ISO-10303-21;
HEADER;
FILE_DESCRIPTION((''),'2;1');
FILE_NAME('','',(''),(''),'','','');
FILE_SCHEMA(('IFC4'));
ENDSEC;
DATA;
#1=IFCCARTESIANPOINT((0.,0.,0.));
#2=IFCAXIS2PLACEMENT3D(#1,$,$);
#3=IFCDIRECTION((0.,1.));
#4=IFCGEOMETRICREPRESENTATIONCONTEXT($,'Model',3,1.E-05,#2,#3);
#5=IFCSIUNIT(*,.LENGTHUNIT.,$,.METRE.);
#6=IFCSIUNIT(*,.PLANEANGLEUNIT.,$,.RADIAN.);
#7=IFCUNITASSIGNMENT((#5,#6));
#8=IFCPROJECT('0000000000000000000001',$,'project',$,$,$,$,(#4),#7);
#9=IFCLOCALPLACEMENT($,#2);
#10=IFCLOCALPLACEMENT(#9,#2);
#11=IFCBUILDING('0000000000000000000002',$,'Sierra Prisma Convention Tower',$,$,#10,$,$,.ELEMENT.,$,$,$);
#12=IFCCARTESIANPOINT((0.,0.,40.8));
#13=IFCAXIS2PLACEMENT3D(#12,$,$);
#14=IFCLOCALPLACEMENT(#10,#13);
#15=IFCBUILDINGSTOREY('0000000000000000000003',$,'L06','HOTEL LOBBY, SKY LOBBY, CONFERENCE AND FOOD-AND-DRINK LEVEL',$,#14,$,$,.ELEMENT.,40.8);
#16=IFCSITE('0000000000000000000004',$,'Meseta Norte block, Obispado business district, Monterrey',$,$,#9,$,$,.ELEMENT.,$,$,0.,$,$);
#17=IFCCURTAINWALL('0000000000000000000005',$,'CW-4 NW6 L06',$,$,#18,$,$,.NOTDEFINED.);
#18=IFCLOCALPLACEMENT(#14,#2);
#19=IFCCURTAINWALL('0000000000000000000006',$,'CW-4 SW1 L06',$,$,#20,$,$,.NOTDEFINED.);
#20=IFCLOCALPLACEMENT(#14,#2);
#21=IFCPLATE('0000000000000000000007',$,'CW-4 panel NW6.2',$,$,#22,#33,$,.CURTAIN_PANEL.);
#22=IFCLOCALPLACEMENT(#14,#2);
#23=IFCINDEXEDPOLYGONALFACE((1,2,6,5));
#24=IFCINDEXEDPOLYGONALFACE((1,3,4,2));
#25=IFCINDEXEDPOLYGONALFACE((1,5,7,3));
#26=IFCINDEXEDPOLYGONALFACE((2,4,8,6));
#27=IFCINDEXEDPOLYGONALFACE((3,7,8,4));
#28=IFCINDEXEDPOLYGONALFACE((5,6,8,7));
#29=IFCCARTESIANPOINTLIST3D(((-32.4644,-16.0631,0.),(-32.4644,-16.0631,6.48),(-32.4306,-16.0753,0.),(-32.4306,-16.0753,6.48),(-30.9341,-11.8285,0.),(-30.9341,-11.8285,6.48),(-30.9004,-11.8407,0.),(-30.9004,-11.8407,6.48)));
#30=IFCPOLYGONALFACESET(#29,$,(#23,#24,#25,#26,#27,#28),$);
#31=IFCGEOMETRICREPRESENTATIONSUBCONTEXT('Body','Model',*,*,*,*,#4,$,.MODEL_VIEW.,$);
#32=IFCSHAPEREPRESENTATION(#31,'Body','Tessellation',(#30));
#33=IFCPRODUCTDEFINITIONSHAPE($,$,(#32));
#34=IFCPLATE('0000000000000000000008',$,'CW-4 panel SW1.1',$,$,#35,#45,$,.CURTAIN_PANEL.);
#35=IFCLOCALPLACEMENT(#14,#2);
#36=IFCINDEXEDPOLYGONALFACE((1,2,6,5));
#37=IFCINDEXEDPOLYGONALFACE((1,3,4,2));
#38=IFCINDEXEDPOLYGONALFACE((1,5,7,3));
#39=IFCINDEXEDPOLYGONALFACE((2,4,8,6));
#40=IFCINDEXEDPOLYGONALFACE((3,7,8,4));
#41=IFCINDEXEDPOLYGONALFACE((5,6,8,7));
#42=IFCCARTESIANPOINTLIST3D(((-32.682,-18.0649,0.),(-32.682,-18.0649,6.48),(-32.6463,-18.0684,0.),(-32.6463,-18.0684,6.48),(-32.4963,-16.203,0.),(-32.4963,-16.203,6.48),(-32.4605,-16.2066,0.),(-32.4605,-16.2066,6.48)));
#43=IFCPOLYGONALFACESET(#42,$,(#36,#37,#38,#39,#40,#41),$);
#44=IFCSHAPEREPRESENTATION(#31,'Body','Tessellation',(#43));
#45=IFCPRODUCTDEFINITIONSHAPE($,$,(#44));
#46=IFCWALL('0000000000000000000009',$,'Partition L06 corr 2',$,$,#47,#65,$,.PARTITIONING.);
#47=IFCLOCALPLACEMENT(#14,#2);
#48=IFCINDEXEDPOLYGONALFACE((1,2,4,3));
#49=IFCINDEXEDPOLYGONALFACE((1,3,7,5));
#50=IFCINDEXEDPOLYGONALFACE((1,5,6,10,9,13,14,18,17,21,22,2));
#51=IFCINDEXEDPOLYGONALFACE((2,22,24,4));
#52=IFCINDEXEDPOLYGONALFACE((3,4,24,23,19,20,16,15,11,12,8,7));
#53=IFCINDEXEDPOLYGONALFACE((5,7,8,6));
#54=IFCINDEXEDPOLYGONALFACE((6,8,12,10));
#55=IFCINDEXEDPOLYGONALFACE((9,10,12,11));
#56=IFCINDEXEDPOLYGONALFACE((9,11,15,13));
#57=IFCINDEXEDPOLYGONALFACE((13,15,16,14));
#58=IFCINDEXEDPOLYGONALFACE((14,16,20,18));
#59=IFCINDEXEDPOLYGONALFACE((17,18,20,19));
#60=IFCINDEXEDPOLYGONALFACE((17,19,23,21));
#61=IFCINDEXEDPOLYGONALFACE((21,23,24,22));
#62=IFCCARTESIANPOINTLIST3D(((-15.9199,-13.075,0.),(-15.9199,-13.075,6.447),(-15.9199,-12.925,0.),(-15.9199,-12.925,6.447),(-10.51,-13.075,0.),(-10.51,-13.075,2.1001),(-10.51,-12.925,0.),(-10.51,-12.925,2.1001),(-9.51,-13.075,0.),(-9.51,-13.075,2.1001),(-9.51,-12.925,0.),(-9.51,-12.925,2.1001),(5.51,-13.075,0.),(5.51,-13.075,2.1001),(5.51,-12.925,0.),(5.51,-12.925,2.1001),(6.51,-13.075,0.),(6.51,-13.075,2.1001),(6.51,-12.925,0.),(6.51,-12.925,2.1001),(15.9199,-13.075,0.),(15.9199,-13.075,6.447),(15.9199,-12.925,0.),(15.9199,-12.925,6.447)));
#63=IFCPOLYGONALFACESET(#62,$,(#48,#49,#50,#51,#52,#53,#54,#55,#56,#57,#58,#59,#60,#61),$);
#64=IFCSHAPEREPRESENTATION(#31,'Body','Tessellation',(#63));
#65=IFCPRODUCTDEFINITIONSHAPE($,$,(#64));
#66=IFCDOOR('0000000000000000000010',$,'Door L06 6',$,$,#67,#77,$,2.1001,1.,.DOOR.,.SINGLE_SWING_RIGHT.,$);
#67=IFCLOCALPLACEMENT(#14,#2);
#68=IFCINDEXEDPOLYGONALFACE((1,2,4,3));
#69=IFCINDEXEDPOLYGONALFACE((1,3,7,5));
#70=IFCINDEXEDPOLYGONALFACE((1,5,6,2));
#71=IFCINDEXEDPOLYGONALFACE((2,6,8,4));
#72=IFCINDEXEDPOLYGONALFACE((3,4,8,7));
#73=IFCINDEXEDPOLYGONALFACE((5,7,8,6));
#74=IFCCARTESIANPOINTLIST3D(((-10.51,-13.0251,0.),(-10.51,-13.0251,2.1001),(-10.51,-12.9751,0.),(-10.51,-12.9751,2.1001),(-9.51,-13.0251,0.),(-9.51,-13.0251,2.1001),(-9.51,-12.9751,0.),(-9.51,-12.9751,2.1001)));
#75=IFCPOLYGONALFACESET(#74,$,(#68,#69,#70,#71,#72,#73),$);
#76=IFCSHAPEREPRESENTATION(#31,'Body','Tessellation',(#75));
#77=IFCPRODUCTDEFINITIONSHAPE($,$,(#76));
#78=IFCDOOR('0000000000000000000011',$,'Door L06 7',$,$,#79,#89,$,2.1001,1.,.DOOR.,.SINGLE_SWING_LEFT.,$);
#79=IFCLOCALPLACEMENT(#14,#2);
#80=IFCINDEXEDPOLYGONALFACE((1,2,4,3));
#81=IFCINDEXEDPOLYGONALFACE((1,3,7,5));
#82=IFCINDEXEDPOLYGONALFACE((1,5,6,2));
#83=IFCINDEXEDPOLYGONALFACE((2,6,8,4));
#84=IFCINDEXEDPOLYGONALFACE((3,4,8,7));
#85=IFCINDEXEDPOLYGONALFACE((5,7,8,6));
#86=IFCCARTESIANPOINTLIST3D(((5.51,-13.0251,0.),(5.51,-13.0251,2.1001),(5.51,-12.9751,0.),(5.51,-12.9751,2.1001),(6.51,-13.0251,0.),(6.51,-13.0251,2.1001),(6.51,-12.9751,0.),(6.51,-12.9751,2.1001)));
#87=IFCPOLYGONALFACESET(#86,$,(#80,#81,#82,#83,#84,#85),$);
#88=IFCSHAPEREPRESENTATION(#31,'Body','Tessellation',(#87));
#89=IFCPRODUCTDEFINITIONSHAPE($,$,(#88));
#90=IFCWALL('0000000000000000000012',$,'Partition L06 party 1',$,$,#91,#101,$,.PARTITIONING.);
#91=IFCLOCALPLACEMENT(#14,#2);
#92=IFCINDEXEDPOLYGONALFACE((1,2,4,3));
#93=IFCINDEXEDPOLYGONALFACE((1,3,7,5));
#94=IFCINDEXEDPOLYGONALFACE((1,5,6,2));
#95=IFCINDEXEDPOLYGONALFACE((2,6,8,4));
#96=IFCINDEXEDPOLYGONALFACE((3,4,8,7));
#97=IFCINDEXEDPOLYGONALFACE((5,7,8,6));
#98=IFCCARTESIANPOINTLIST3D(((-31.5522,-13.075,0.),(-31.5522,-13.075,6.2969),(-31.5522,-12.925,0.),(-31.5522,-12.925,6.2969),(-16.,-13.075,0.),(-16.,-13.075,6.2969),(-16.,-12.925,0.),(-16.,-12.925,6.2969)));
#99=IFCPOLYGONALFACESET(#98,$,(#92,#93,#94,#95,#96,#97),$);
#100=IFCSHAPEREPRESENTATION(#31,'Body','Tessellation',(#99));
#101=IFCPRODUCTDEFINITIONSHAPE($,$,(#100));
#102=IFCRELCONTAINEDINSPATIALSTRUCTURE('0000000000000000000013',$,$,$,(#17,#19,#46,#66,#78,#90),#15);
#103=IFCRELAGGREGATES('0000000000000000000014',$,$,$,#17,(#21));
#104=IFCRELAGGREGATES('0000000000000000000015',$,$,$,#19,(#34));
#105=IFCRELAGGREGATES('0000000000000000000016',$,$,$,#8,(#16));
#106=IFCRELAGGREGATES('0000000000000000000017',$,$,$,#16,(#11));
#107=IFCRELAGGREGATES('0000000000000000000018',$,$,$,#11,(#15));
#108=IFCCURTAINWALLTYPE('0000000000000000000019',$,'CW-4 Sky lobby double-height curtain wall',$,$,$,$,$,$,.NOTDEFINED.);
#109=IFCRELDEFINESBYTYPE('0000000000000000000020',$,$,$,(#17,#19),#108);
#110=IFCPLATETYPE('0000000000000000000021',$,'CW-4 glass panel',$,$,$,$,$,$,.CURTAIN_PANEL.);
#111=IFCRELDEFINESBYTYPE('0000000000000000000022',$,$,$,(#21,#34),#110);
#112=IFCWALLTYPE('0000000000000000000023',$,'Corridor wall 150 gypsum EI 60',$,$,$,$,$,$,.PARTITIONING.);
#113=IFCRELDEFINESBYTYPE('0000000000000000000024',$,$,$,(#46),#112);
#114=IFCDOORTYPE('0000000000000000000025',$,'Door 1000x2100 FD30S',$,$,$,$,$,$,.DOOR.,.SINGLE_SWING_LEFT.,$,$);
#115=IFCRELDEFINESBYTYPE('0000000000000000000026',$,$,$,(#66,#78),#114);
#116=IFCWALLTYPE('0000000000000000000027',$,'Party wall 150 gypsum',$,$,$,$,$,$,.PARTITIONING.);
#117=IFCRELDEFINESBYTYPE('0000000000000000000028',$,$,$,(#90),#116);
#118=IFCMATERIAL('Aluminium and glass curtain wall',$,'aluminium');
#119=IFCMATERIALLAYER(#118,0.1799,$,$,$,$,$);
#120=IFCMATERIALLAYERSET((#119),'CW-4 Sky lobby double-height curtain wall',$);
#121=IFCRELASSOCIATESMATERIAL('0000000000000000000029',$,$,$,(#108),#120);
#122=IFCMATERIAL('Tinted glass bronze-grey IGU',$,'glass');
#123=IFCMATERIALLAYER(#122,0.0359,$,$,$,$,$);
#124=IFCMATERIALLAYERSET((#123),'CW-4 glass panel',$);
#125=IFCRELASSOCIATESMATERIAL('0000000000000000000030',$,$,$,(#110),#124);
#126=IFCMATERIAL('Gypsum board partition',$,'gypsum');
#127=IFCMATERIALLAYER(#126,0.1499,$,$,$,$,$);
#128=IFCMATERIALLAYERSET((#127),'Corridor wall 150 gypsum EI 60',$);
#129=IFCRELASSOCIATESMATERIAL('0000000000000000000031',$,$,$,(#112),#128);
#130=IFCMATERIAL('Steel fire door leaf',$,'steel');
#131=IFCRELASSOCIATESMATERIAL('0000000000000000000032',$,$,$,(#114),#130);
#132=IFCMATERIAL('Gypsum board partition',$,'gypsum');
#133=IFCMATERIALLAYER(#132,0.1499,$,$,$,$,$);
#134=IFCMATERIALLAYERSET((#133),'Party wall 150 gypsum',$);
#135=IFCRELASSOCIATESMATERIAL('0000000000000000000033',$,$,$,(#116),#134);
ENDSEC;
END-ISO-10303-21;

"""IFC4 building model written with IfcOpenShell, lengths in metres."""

from ifc_helpers import new_model, si_unit, direction, frame, frame_2d, origin, origin_2d, place, context, subcontext, project, spatial, rectangle, extrude, material, layer, layer_set, type_object, element, fill, aggregate, save


model = new_model("IFC4")

# Units and contexts
model_context = context("Model", 3, precision=1e-05, world=origin(), true_north=direction((0.0, 1.0)))
body_context = subcontext(model_context, "Body", "Model", "MODEL_VIEW")
ifc_project = project(units=[si_unit("LENGTHUNIT", "METRE"), si_unit("PLANEANGLEUNIT", "RADIAN")], contexts=[model_context])

# Site, building, storey
site_placement = place(None, origin())
site = spatial("IfcSite", under=ifc_project, at=site_placement, Name="Meseta Norte block, Obispado business district, Monterrey", CompositionType="ELEMENT", RefElevation=0.0)
building_placement = place(site_placement, origin())
building = spatial("IfcBuilding", under=site, at=building_placement, Name="Sierra Prisma Convention Tower", CompositionType="ELEMENT")
storey_placement = place(building_placement, frame((0.0, 0.0, 40.8)))
storey = spatial("IfcBuildingStorey", under=building, at=storey_placement, Name="L06", Description="HOTEL LOBBY, SKY LOBBY, CONFERENCE AND FOOD-AND-DRINK LEVEL", CompositionType="ELEMENT", Elevation=40.8)

# Curtain walls
ifc_material_1 = material(Name="Aluminium and glass curtain wall", Category="aluminium")
ifc_layer_1 = layer(ifc_material_1, 0.1799)
ifc_layer_set_1 = layer_set([ifc_layer_1], Name="CW-4 Sky lobby double-height curtain wall")
curtain_wall_type = type_object("IfcCurtainWallType", Name="CW-4 Sky lobby double-height curtain wall", PredefinedType="NOTDEFINED", material=ifc_layer_set_1)
curtain_wall_1_placement = place(storey_placement, origin())
curtain_wall_1 = element("IfcCurtainWall", 1, at=curtain_wall_1_placement, inside=storey, type_object=curtain_wall_type, Name="CW-4 NW6 L06", PredefinedType="NOTDEFINED")
curtain_wall_2_placement = place(storey_placement, origin())
curtain_wall_2 = element("IfcCurtainWall", 2, at=curtain_wall_2_placement, inside=storey, type_object=curtain_wall_type, Name="CW-4 SW1 L06", PredefinedType="NOTDEFINED")

# Plates
ifc_material_2 = material(Name="Tinted glass bronze-grey IGU", Category="glass")
ifc_layer_2 = layer(ifc_material_2, 0.0359)
ifc_layer_set_2 = layer_set([ifc_layer_2], Name="CW-4 glass panel")
plate_type = type_object("IfcPlateType", Name="CW-4 glass panel", PredefinedType="CURTAIN_PANEL", material=ifc_layer_set_2)
plate_1_placement = place(storey_placement, frame((-31.6824, -13.9519, 0.0), z_axis=(0.0, 0.0, 1.0), x_axis=(-0.339853, -0.940479, 0.0)))
plate_1 = element("IfcPlate", 3, at=plate_1_placement, type_object=plate_type, Name="CW-4 panel NW6.2", PredefinedType="CURTAIN_PANEL", context=body_context, shape_type="SweptSolid", body=[
    extrude(rectangle(XDim=4.5027, YDim=0.0359, at=origin_2d()), origin(), (0.0, 0.0, 1.0), 6.48),
])
aggregate(curtain_wall_1, [plate_1])
plate_2_placement = place(storey_placement, frame((-32.5713, -17.1357, 0.0), z_axis=(0.0, 0.0, 1.0), x_axis=(-0.099283, -0.995059, 0.0)))
plate_2 = element("IfcPlate", 4, at=plate_2_placement, type_object=plate_type, Name="CW-4 panel SW1.1", PredefinedType="CURTAIN_PANEL", context=body_context, shape_type="SweptSolid", body=[
    extrude(rectangle(XDim=1.8711, YDim=0.0359, at=origin_2d()), origin(), (0.0, 0.0, 1.0), 6.48),
])
aggregate(curtain_wall_2, [plate_2])

# Wall, openings, doors
ifc_material_3 = material(Name="Gypsum board partition", Category="gypsum")
ifc_layer_3 = layer(ifc_material_3, 0.1499)
ifc_layer_set_3 = layer_set([ifc_layer_3], Name="Corridor wall 150 gypsum EI 60")
wall_type_1 = type_object("IfcWallType", Name="Corridor wall 150 gypsum EI 60", PredefinedType="PARTITIONING", material=ifc_layer_set_3)
wall_1_placement = place(storey_placement, frame((-15.9199, -13.0, 0.0), z_axis=(0.0, 0.0, 1.0), x_axis=(1.0, 0.0, 0.0)))
wall_1 = element("IfcWall", 5, at=wall_1_placement, inside=storey, type_object=wall_type_1, Name="Partition L06 corr 2", PredefinedType="PARTITIONING", context=body_context, shape_type="SweptSolid", body=[
    extrude(rectangle(XDim=31.8398, YDim=0.1499, at=frame_2d((15.9199, 0.0))), origin(), (0.0, 0.0, 1.0), 6.447),
])
opening_1_placement = place(wall_1_placement, frame((5.4099, 0.0, 0.0)))
opening_1 = element("IfcOpeningElement", 6, at=opening_1_placement, cuts=wall_1, PredefinedType="OPENING", context=body_context, shape_type="SweptSolid", body=[
    extrude(rectangle(XDim=1.0, YDim=2.1001, at=frame_2d((0.5, 1.05))), frame((0.0, 0.075, 0.0), z_axis=(0.0, -1.0, 0.0), x_axis=(1.0, 0.0, 0.0)), (0.0, 0.0, 1.0), 0.1499),
])
opening_2_placement = place(wall_1_placement, frame((21.4299, 0.0, 0.0)))
opening_2 = element("IfcOpeningElement", 7, at=opening_2_placement, cuts=wall_1, PredefinedType="OPENING", context=body_context, shape_type="SweptSolid", body=[
    extrude(rectangle(XDim=1.0, YDim=2.1001, at=frame_2d((0.5, 1.05))), frame((0.0, 0.075, 0.0), z_axis=(0.0, -1.0, 0.0), x_axis=(1.0, 0.0, 0.0)), (0.0, 0.0, 1.0), 0.1499),
])
ifc_material_4 = material(Name="Steel fire door leaf", Category="steel")
door_type = type_object("IfcDoorType", Name="Door 1000x2100 FD30S", OperationType="SINGLE_SWING_LEFT", PredefinedType="DOOR", material=ifc_material_4)
door_1_placement = place(opening_1_placement, origin())
door_1 = element("IfcDoor", 8, at=door_1_placement, inside=storey, type_object=door_type, Name="Door L06 6", OperationType="SINGLE_SWING_RIGHT", OverallHeight=2.1001, OverallWidth=1.0, PredefinedType="DOOR", context=body_context, shape_type="SweptSolid", body=[
    extrude(rectangle(XDim=1.0, YDim=2.1001, at=frame_2d((0.5, 1.05))), frame((0.0, 0.0249, 0.0), z_axis=(0.0, -1.0, 0.0), x_axis=(1.0, 0.0, 0.0)), (0.0, 0.0, 1.0), 0.05),
])
fill(opening_1, door_1)
door_2_placement = place(opening_2_placement, origin())
door_2 = element("IfcDoor", 9, at=door_2_placement, inside=storey, type_object=door_type, Name="Door L06 7", OperationType="SINGLE_SWING_LEFT", OverallHeight=2.1001, OverallWidth=1.0, PredefinedType="DOOR", context=body_context, shape_type="SweptSolid", body=[
    extrude(rectangle(XDim=1.0, YDim=2.1001, at=frame_2d((0.5, 1.05))), frame((0.0, 0.0249, 0.0), z_axis=(0.0, -1.0, 0.0), x_axis=(1.0, 0.0, 0.0)), (0.0, 0.0, 1.0), 0.05),
])
fill(opening_2, door_2)

# Wall
ifc_material_5 = material(Name="Gypsum board partition", Category="gypsum")
ifc_layer_4 = layer(ifc_material_5, 0.1499)
ifc_layer_set_4 = layer_set([ifc_layer_4], Name="Party wall 150 gypsum")
wall_type_2 = type_object("IfcWallType", Name="Party wall 150 gypsum", PredefinedType="PARTITIONING", material=ifc_layer_set_4)
wall_2_placement = place(storey_placement, frame((-16.0, -13.0, 0.0), z_axis=(0.0, 0.0, 1.0), x_axis=(-1.0, 0.0, 0.0)))
element("IfcWall", 10, at=wall_2_placement, inside=storey, type_object=wall_type_2, Name="Partition L06 party 1", PredefinedType="PARTITIONING", context=body_context, shape_type="SweptSolid", body=[
    extrude(rectangle(XDim=15.5522, YDim=0.1499, at=frame_2d((7.7761, 0.0))), origin(), (0.0, 0.0, 1.0), 6.2969),
])

save(model, "model.ifc")
